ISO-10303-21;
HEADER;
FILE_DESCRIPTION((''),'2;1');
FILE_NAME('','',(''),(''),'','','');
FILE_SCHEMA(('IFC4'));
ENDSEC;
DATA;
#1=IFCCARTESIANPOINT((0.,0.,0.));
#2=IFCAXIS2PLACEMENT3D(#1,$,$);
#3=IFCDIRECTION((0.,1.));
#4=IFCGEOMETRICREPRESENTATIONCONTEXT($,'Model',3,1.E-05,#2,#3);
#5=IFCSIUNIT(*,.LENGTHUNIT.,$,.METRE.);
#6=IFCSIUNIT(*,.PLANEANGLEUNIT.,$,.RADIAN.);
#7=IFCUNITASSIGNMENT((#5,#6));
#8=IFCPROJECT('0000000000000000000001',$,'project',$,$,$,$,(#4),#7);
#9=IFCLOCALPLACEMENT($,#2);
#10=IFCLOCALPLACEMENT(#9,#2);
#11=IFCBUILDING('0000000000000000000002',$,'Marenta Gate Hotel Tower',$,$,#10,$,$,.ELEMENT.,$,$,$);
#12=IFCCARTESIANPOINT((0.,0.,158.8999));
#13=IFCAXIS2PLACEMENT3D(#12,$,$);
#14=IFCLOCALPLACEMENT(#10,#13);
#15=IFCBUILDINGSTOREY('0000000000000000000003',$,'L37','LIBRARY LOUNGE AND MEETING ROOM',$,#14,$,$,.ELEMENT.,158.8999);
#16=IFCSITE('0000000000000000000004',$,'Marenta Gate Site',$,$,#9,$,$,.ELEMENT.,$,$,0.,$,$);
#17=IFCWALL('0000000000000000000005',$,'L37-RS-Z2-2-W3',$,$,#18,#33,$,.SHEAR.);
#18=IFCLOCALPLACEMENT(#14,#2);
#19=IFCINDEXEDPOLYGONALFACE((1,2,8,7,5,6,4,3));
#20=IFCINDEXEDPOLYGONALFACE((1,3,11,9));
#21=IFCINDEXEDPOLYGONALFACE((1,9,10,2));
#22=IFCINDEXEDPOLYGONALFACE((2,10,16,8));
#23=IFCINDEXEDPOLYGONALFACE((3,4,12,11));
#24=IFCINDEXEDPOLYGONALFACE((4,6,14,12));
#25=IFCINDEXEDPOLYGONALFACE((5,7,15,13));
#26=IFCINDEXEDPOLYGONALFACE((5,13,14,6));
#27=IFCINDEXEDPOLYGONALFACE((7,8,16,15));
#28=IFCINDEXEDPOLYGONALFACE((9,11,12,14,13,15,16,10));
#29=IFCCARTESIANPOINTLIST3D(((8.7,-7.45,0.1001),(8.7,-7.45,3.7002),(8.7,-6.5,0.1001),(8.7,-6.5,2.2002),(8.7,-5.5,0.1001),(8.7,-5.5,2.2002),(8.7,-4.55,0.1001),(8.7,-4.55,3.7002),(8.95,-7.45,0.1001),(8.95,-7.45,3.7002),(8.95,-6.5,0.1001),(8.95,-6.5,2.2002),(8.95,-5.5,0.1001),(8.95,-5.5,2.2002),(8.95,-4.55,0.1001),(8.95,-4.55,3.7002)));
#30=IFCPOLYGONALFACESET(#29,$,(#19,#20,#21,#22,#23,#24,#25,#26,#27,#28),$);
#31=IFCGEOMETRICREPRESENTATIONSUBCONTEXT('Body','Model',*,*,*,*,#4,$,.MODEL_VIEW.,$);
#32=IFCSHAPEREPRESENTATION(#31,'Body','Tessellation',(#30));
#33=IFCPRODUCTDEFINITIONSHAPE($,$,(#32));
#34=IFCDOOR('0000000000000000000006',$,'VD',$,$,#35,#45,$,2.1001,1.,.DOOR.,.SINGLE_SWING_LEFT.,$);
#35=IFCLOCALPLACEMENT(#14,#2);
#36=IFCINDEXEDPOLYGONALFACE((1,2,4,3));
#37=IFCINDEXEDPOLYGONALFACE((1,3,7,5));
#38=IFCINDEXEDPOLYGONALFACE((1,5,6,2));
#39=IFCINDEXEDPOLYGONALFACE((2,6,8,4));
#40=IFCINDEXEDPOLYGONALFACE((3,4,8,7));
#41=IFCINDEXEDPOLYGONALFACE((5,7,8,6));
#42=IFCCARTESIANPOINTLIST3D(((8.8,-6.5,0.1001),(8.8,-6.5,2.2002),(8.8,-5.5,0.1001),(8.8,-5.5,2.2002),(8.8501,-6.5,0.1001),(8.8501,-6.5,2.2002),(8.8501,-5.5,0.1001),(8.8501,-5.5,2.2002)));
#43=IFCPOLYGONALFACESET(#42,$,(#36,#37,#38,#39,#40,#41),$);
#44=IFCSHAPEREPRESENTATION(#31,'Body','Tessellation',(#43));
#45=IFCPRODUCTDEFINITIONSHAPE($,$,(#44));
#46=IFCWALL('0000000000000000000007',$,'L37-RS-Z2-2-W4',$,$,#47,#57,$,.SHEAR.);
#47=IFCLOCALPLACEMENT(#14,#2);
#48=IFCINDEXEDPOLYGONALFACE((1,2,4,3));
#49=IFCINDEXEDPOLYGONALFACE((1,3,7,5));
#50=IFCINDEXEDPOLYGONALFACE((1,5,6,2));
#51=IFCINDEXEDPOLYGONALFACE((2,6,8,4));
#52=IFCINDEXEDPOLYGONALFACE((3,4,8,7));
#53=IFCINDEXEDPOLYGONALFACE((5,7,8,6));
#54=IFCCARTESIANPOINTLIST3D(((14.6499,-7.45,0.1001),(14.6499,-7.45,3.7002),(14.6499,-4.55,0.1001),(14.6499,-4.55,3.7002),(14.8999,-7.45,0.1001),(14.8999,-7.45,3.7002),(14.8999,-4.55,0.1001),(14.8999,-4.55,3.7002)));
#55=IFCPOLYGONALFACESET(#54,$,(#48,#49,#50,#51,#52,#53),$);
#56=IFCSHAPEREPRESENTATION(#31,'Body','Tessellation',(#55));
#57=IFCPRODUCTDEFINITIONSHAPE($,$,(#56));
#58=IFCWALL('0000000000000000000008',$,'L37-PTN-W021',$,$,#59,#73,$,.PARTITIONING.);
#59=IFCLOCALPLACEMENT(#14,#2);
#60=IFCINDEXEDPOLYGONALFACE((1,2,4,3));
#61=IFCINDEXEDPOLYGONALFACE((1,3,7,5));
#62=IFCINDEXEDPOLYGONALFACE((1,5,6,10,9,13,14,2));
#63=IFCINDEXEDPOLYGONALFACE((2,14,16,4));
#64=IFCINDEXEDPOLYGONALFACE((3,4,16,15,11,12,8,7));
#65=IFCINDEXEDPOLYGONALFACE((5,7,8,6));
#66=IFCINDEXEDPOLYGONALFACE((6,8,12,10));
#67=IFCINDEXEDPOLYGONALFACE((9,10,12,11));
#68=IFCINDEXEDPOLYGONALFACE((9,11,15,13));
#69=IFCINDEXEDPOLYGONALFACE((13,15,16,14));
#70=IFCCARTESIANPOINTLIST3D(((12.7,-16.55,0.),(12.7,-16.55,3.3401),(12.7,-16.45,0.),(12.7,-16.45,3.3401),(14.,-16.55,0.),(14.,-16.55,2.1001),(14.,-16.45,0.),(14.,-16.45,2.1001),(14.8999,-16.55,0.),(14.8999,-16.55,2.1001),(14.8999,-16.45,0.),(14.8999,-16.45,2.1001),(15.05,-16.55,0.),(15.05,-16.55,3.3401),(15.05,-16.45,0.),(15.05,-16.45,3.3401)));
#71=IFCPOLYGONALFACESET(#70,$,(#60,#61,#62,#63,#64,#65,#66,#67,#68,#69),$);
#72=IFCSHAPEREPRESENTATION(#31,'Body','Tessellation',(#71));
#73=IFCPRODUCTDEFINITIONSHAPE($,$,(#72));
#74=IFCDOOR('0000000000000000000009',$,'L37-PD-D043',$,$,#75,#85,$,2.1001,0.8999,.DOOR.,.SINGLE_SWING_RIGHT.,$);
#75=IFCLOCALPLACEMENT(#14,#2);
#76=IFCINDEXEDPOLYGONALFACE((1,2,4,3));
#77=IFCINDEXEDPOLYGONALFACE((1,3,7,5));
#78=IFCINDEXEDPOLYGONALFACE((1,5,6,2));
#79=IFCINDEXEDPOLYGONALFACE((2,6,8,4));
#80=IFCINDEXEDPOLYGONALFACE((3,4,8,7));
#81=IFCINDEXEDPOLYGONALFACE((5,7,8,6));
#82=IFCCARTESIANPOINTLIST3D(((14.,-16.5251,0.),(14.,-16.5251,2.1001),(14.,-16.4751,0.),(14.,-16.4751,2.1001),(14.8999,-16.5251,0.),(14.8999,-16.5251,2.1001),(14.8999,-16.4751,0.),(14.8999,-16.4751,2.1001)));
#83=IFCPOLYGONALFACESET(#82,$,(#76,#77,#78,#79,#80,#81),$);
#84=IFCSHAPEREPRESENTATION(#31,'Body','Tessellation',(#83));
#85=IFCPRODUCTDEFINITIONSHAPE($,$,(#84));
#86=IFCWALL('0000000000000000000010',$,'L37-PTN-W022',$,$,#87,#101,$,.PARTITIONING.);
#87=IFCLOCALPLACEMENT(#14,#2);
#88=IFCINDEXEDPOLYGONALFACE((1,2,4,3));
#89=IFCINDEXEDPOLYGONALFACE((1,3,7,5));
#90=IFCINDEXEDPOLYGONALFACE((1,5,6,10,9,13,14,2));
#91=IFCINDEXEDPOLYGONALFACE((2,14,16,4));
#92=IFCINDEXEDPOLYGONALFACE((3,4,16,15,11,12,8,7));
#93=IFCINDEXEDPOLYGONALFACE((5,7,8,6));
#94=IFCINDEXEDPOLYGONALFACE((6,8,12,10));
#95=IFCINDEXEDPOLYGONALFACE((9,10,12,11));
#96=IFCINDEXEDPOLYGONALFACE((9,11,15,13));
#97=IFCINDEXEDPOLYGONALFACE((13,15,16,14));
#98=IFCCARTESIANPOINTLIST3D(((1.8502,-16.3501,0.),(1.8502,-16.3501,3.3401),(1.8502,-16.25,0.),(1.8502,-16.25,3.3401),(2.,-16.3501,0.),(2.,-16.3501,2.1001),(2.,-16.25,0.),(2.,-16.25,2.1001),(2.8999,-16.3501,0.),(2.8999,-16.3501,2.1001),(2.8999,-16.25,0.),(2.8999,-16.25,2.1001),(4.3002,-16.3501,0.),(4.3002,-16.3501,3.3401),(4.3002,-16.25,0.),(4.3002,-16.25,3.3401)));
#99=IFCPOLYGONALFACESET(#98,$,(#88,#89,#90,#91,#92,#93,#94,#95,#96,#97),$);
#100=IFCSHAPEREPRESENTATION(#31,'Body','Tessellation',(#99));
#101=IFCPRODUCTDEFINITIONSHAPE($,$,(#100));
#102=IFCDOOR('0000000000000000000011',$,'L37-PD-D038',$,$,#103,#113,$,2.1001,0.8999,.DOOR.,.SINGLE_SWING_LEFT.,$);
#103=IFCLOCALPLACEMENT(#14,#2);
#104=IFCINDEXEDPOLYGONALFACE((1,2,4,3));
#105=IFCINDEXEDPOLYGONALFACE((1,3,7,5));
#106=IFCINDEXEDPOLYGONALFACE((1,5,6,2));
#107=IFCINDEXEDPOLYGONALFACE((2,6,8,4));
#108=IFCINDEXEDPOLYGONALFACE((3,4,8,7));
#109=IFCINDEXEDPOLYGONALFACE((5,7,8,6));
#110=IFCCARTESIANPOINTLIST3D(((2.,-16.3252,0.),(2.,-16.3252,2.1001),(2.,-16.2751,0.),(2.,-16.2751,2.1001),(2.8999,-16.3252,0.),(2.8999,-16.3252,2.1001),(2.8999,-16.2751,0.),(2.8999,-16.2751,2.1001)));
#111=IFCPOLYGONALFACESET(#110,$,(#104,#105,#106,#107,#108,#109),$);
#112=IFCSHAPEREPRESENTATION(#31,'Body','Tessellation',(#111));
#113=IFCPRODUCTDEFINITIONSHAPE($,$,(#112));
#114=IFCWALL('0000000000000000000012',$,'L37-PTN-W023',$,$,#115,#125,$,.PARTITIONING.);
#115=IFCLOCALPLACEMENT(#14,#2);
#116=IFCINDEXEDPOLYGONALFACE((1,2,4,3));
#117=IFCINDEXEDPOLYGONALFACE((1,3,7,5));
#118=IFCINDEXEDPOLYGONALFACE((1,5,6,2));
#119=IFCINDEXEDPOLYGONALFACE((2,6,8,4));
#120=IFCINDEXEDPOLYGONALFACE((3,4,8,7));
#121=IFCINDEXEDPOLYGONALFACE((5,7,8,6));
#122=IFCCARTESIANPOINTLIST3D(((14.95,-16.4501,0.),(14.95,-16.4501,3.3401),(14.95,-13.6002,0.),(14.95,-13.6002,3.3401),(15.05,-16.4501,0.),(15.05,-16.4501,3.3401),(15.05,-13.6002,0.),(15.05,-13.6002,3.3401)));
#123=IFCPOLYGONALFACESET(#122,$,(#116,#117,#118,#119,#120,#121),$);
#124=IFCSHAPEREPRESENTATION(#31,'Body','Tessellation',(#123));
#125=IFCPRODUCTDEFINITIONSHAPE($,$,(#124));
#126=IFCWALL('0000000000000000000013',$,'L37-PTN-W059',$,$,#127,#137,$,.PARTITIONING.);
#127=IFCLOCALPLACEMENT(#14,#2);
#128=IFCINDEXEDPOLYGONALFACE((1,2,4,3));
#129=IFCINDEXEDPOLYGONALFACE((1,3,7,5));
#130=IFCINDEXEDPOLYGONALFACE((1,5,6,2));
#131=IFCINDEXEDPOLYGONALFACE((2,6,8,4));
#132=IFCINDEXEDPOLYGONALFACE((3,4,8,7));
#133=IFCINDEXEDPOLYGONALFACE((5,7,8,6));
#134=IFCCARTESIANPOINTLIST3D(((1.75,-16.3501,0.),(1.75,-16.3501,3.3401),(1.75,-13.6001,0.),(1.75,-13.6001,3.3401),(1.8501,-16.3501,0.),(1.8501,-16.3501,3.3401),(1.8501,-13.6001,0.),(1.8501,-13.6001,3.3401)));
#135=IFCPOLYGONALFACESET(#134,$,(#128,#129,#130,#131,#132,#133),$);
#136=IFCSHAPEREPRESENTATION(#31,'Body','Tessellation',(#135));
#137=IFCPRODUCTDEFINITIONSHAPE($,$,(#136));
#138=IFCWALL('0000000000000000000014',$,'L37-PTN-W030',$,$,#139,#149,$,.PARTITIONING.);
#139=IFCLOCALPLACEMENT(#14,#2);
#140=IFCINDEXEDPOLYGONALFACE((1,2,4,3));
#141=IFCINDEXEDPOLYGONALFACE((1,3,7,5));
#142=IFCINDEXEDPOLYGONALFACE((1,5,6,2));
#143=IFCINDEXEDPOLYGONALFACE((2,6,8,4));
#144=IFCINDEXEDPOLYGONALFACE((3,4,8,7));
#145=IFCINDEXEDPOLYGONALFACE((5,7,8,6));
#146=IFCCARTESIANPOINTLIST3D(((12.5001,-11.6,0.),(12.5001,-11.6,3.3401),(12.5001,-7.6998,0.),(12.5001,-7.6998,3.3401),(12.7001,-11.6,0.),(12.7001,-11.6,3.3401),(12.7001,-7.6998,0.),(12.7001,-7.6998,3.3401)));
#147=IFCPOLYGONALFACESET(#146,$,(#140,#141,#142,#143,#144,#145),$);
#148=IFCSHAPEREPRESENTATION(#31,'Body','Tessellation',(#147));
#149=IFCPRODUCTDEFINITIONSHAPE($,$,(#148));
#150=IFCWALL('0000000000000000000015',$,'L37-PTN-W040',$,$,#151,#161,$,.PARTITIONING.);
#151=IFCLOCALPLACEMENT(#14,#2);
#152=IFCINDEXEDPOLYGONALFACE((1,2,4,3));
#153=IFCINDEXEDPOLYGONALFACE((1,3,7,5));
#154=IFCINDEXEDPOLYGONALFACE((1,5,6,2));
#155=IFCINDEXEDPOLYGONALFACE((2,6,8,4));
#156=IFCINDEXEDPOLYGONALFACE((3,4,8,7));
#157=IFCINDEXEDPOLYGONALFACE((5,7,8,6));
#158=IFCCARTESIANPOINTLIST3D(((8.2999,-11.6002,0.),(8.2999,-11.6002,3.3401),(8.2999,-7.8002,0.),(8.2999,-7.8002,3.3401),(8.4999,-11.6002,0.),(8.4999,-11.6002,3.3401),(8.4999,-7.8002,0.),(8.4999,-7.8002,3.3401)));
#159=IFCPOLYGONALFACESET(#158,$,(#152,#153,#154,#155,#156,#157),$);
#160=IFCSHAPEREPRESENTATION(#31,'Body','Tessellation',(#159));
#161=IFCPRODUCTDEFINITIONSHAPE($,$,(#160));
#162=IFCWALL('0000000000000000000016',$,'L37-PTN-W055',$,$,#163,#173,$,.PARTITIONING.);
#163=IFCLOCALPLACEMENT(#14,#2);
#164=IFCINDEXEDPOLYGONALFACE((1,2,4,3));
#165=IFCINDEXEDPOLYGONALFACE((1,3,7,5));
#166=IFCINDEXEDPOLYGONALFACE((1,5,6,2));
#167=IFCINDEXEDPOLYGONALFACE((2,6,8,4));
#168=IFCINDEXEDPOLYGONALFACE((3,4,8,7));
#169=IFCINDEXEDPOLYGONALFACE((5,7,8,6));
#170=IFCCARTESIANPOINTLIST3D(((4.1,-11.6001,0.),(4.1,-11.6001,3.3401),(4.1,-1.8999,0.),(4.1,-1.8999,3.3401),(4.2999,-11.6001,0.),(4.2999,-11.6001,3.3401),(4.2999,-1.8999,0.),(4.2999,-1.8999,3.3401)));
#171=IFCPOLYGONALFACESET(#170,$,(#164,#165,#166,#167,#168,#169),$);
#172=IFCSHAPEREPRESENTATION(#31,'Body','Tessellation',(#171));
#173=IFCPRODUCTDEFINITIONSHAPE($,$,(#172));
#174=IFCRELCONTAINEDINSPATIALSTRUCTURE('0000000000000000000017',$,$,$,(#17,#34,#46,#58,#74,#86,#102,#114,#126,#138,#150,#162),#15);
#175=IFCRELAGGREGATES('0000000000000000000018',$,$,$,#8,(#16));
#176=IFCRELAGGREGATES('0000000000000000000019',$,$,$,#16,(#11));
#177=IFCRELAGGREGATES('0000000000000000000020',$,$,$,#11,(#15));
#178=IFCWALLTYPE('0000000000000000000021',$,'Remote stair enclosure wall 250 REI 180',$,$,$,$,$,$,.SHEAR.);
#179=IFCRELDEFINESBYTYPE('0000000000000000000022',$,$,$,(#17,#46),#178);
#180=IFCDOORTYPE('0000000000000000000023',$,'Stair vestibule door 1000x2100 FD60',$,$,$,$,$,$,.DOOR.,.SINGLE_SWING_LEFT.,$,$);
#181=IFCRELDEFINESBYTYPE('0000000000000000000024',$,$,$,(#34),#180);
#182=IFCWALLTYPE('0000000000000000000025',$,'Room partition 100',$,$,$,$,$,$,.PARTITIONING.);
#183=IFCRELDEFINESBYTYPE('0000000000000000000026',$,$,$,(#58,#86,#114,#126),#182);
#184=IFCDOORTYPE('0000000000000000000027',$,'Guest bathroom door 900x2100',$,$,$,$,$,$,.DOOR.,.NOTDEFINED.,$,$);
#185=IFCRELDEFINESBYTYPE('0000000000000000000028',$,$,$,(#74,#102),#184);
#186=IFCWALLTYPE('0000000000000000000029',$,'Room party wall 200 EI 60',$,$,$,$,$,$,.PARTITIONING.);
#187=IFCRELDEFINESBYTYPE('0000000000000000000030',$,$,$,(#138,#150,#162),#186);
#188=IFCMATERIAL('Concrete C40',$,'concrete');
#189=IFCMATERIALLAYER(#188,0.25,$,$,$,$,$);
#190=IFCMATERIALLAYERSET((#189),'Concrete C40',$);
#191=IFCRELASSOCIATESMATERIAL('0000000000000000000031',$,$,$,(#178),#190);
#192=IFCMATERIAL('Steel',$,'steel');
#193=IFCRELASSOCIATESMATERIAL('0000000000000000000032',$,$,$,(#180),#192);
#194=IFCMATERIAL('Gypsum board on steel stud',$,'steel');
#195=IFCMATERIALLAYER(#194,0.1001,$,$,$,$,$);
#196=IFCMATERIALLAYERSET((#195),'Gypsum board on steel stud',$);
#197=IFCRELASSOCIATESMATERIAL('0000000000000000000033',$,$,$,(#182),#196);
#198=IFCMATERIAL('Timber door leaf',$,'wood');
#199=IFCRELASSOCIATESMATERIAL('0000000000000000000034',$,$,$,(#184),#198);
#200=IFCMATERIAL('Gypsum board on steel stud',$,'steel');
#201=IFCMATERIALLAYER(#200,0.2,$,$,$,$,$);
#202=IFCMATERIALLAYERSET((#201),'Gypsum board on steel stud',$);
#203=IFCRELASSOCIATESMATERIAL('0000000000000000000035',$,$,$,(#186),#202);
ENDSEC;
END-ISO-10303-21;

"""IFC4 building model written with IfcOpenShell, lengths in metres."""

from ifc_helpers import new_model, si_unit, direction, frame, frame_2d, origin, place, context, subcontext, project, spatial, rectangle, extrude, material, layer, layer_set, type_object, element, fill, save


model = new_model("IFC4")

# Units and contexts
model_context = context("Model", 3, precision=1e-05, world=origin(), true_north=direction((0.0, 1.0)))
body_context = subcontext(model_context, "Body", "Model", "MODEL_VIEW")
ifc_project = project(units=[si_unit("LENGTHUNIT", "METRE"), si_unit("PLANEANGLEUNIT", "RADIAN")], contexts=[model_context])

# Site, building, storey
site_placement = place(None, origin())
site = spatial("IfcSite", under=ifc_project, at=site_placement, Name="Marenta Gate Site", CompositionType="ELEMENT", RefElevation=0.0)
building_placement = place(site_placement, origin())
building = spatial("IfcBuilding", under=site, at=building_placement, Name="Marenta Gate Hotel Tower", CompositionType="ELEMENT")
storey_placement = place(building_placement, frame((0.0, 0.0, 158.8999)))
storey = spatial("IfcBuildingStorey", under=building, at=storey_placement, Name="L37", Description="LIBRARY LOUNGE AND MEETING ROOM", CompositionType="ELEMENT", Elevation=158.8999)

# Shared definitions
ifc_material_1 = material(Name="Concrete C40", Category="concrete")
ifc_layer_1 = layer(ifc_material_1, 0.25)
ifc_layer_set_1 = layer_set([ifc_layer_1], Name="Concrete C40")
wall_type_1 = type_object("IfcWallType", Name="Remote stair enclosure wall 250 REI 180", PredefinedType="SHEAR", material=ifc_layer_set_1)

# Wall, opening, door
wall_1_placement = place(storey_placement, frame((8.825, -7.45, 0.1001), z_axis=(0.0, 0.0, 1.0), x_axis=(0.0, 1.0, 0.0)))
wall_1 = element("IfcWall", 1, at=wall_1_placement, inside=storey, type_object=wall_type_1, Name="L37-RS-Z2-2-W3", PredefinedType="SHEAR", context=body_context, shape_type="SweptSolid", body=[
    extrude(rectangle(XDim=2.8999, YDim=0.25, at=frame_2d((1.45, 0.0))), origin(), (0.0, 0.0, 1.0), 3.6001),
])
opening_1_placement = place(wall_1_placement, frame((0.95, 0.0, 0.0)))
opening_1 = element("IfcOpeningElement", 2, at=opening_1_placement, cuts=wall_1, PredefinedType="OPENING", context=body_context, shape_type="SweptSolid", body=[
    extrude(rectangle(XDim=1.0, YDim=2.1001, at=frame_2d((0.5, 1.05))), frame((0.0, 0.125, 0.0), z_axis=(0.0, -1.0, 0.0), x_axis=(1.0, 0.0, 0.0)), (0.0, 0.0, 1.0), 0.25),
])
ifc_material_2 = material(Name="Steel", Category="steel")
door_type_1 = type_object("IfcDoorType", Name="Stair vestibule door 1000x2100 FD60", OperationType="SINGLE_SWING_LEFT", PredefinedType="DOOR", material=ifc_material_2)
door_1_placement = place(opening_1_placement, origin())
door_1 = element("IfcDoor", 3, at=door_1_placement, inside=storey, type_object=door_type_1, Name="VD", OperationType="SINGLE_SWING_LEFT", OverallHeight=2.1001, OverallWidth=1.0, PredefinedType="DOOR", context=body_context, shape_type="SweptSolid", body=[
    extrude(rectangle(XDim=1.0, YDim=2.1001, at=frame_2d((0.5, 1.05))), frame((0.0, 0.0249, 0.0), z_axis=(0.0, -1.0, 0.0), x_axis=(1.0, 0.0, 0.0)), (0.0, 0.0, 1.0), 0.05),
])
fill(opening_1, door_1)

# Wall
wall_2_placement = place(storey_placement, frame((14.7749, -7.45, 0.1001), z_axis=(0.0, 0.0, 1.0), x_axis=(0.0, 1.0, 0.0)))
element("IfcWall", 4, at=wall_2_placement, inside=storey, type_object=wall_type_1, Name="L37-RS-Z2-2-W4", PredefinedType="SHEAR", context=body_context, shape_type="SweptSolid", body=[
    extrude(rectangle(XDim=2.8999, YDim=0.25, at=frame_2d((1.45, 0.0))), origin(), (0.0, 0.0, 1.0), 3.6001),
])

# Walls, openings, doors
ifc_material_3 = material(Name="Gypsum board on steel stud", Category="steel")
ifc_layer_2 = layer(ifc_material_3, 0.1001)
ifc_layer_set_2 = layer_set([ifc_layer_2], Name="Gypsum board on steel stud")
wall_type_2 = type_object("IfcWallType", Name="Room partition 100", PredefinedType="PARTITIONING", material=ifc_layer_set_2)
wall_3_placement = place(storey_placement, frame((12.7, -16.5, 0.0), z_axis=(0.0, 0.0, 1.0), x_axis=(1.0, 0.0, 0.0)))
wall_3 = element("IfcWall", 5, at=wall_3_placement, inside=storey, type_object=wall_type_2, Name="L37-PTN-W021", PredefinedType="PARTITIONING", context=body_context, shape_type="SweptSolid", body=[
    extrude(rectangle(XDim=2.3501, YDim=0.1001, at=frame_2d((1.175, 0.0))), origin(), (0.0, 0.0, 1.0), 3.3401),
])
opening_2_placement = place(wall_3_placement, frame((1.3, 0.0, 0.0)))
opening_2 = element("IfcOpeningElement", 6, at=opening_2_placement, cuts=wall_3, PredefinedType="OPENING", context=body_context, shape_type="SweptSolid", body=[
    extrude(rectangle(XDim=0.8999, YDim=2.1001, at=frame_2d((0.45, 1.05))), frame((0.0, 0.05, 0.0), z_axis=(0.0, -1.0, 0.0), x_axis=(1.0, 0.0, 0.0)), (0.0, 0.0, 1.0), 0.1001),
])
ifc_material_4 = material(Name="Timber door leaf", Category="wood")
door_type_2 = type_object("IfcDoorType", Name="Guest bathroom door 900x2100", OperationType="NOTDEFINED", PredefinedType="DOOR", material=ifc_material_4)
door_2_placement = place(opening_2_placement, origin())
door_2 = element("IfcDoor", 7, at=door_2_placement, inside=storey, type_object=door_type_2, Name="L37-PD-D043", OperationType="SINGLE_SWING_RIGHT", OverallHeight=2.1001, OverallWidth=0.8999, PredefinedType="DOOR", context=body_context, shape_type="SweptSolid", body=[
    extrude(rectangle(XDim=0.8999, YDim=2.1001, at=frame_2d((0.45, 1.05))), frame((0.0, 0.0249, 0.0), z_axis=(0.0, -1.0, 0.0), x_axis=(1.0, 0.0, 0.0)), (0.0, 0.0, 1.0), 0.05),
])
fill(opening_2, door_2)
wall_4_placement = place(storey_placement, frame((1.8501, -16.3, 0.0), z_axis=(0.0, 0.0, 1.0), x_axis=(1.0, 0.0, 0.0)))
wall_4 = element("IfcWall", 8, at=wall_4_placement, inside=storey, type_object=wall_type_2, Name="L37-PTN-W022", PredefinedType="PARTITIONING", context=body_context, shape_type="SweptSolid", body=[
    extrude(rectangle(XDim=2.45, YDim=0.1001, at=frame_2d((1.2251, 0.0))), origin(), (0.0, 0.0, 1.0), 3.3401),
])
opening_3_placement = place(wall_4_placement, frame((0.1499, 0.0, 0.0)))
opening_3 = element("IfcOpeningElement", 9, at=opening_3_placement, cuts=wall_4, PredefinedType="OPENING", context=body_context, shape_type="SweptSolid", body=[
    extrude(rectangle(XDim=0.8999, YDim=2.1001, at=frame_2d((0.45, 1.05))), frame((0.0, 0.05, 0.0), z_axis=(0.0, -1.0, 0.0), x_axis=(1.0, 0.0, 0.0)), (0.0, 0.0, 1.0), 0.1001),
])
door_3_placement = place(opening_3_placement, origin())
door_3 = element("IfcDoor", 10, at=door_3_placement, inside=storey, type_object=door_type_2, Name="L37-PD-D038", OperationType="SINGLE_SWING_LEFT", OverallHeight=2.1001, OverallWidth=0.8999, PredefinedType="DOOR", context=body_context, shape_type="SweptSolid", body=[
    extrude(rectangle(XDim=0.8999, YDim=2.1001, at=frame_2d((0.45, 1.05))), frame((0.0, 0.0249, 0.0), z_axis=(0.0, -1.0, 0.0), x_axis=(1.0, 0.0, 0.0)), (0.0, 0.0, 1.0), 0.05),
])
fill(opening_3, door_3)

# Walls
wall_5_placement = place(storey_placement, frame((15.0, -16.45, 0.0), z_axis=(0.0, 0.0, 1.0), x_axis=(0.0, 1.0, 0.0)))
element("IfcWall", 11, at=wall_5_placement, inside=storey, type_object=wall_type_2, Name="L37-PTN-W023", PredefinedType="PARTITIONING", context=body_context, shape_type="SweptSolid", body=[
    extrude(rectangle(XDim=2.8499, YDim=0.1001, at=frame_2d((1.4248, 0.0))), origin(), (0.0, 0.0, 1.0), 3.3401),
])
wall_6_placement = place(storey_placement, frame((1.8, -16.3501, 0.0), z_axis=(0.0, 0.0, 1.0), x_axis=(0.0, 1.0, 0.0)))
element("IfcWall", 12, at=wall_6_placement, inside=storey, type_object=wall_type_2, Name="L37-PTN-W059", PredefinedType="PARTITIONING", context=body_context, shape_type="SweptSolid", body=[
    extrude(rectangle(XDim=2.75, YDim=0.1001, at=frame_2d((1.375, 0.0))), origin(), (0.0, 0.0, 1.0), 3.3401),
])
ifc_material_5 = material(Name="Gypsum board on steel stud", Category="steel")
ifc_layer_3 = layer(ifc_material_5, 0.2)
ifc_layer_set_3 = layer_set([ifc_layer_3], Name="Gypsum board on steel stud")
wall_type_3 = type_object("IfcWallType", Name="Room party wall 200 EI 60", PredefinedType="PARTITIONING", material=ifc_layer_set_3)
wall_7_placement = place(storey_placement, frame((12.6001, -11.6001, 0.0), z_axis=(0.0, 0.0, 1.0), x_axis=(0.0, 1.0, 0.0)))
element("IfcWall", 13, at=wall_7_placement, inside=storey, type_object=wall_type_3, Name="L37-PTN-W030", PredefinedType="PARTITIONING", context=body_context, shape_type="SweptSolid", body=[
    extrude(rectangle(XDim=3.9001, YDim=0.2, at=frame_2d((1.9502, 0.0))), origin(), (0.0, 0.0, 1.0), 3.3401),
])
wall_8_placement = place(storey_placement, frame((8.3999, -11.6001, 0.0), z_axis=(0.0, 0.0, 1.0), x_axis=(0.0, 1.0, 0.0)))
element("IfcWall", 14, at=wall_8_placement, inside=storey, type_object=wall_type_3, Name="L37-PTN-W040", PredefinedType="PARTITIONING", context=body_context, shape_type="SweptSolid", body=[
    extrude(rectangle(XDim=3.8, YDim=0.2, at=frame_2d((1.8999, 0.0))), origin(), (0.0, 0.0, 1.0), 3.3401),
])
wall_9_placement = place(storey_placement, frame((4.2, -11.6001, 0.0), z_axis=(0.0, 0.0, 1.0), x_axis=(0.0, 1.0, 0.0)))
element("IfcWall", 15, at=wall_9_placement, inside=storey, type_object=wall_type_3, Name="L37-PTN-W055", PredefinedType="PARTITIONING", context=body_context, shape_type="SweptSolid", body=[
    extrude(rectangle(XDim=9.7002, YDim=0.2, at=frame_2d((4.8501, 0.0))), origin(), (0.0, 0.0, 1.0), 3.3401),
])

save(model, "model.ifc")
